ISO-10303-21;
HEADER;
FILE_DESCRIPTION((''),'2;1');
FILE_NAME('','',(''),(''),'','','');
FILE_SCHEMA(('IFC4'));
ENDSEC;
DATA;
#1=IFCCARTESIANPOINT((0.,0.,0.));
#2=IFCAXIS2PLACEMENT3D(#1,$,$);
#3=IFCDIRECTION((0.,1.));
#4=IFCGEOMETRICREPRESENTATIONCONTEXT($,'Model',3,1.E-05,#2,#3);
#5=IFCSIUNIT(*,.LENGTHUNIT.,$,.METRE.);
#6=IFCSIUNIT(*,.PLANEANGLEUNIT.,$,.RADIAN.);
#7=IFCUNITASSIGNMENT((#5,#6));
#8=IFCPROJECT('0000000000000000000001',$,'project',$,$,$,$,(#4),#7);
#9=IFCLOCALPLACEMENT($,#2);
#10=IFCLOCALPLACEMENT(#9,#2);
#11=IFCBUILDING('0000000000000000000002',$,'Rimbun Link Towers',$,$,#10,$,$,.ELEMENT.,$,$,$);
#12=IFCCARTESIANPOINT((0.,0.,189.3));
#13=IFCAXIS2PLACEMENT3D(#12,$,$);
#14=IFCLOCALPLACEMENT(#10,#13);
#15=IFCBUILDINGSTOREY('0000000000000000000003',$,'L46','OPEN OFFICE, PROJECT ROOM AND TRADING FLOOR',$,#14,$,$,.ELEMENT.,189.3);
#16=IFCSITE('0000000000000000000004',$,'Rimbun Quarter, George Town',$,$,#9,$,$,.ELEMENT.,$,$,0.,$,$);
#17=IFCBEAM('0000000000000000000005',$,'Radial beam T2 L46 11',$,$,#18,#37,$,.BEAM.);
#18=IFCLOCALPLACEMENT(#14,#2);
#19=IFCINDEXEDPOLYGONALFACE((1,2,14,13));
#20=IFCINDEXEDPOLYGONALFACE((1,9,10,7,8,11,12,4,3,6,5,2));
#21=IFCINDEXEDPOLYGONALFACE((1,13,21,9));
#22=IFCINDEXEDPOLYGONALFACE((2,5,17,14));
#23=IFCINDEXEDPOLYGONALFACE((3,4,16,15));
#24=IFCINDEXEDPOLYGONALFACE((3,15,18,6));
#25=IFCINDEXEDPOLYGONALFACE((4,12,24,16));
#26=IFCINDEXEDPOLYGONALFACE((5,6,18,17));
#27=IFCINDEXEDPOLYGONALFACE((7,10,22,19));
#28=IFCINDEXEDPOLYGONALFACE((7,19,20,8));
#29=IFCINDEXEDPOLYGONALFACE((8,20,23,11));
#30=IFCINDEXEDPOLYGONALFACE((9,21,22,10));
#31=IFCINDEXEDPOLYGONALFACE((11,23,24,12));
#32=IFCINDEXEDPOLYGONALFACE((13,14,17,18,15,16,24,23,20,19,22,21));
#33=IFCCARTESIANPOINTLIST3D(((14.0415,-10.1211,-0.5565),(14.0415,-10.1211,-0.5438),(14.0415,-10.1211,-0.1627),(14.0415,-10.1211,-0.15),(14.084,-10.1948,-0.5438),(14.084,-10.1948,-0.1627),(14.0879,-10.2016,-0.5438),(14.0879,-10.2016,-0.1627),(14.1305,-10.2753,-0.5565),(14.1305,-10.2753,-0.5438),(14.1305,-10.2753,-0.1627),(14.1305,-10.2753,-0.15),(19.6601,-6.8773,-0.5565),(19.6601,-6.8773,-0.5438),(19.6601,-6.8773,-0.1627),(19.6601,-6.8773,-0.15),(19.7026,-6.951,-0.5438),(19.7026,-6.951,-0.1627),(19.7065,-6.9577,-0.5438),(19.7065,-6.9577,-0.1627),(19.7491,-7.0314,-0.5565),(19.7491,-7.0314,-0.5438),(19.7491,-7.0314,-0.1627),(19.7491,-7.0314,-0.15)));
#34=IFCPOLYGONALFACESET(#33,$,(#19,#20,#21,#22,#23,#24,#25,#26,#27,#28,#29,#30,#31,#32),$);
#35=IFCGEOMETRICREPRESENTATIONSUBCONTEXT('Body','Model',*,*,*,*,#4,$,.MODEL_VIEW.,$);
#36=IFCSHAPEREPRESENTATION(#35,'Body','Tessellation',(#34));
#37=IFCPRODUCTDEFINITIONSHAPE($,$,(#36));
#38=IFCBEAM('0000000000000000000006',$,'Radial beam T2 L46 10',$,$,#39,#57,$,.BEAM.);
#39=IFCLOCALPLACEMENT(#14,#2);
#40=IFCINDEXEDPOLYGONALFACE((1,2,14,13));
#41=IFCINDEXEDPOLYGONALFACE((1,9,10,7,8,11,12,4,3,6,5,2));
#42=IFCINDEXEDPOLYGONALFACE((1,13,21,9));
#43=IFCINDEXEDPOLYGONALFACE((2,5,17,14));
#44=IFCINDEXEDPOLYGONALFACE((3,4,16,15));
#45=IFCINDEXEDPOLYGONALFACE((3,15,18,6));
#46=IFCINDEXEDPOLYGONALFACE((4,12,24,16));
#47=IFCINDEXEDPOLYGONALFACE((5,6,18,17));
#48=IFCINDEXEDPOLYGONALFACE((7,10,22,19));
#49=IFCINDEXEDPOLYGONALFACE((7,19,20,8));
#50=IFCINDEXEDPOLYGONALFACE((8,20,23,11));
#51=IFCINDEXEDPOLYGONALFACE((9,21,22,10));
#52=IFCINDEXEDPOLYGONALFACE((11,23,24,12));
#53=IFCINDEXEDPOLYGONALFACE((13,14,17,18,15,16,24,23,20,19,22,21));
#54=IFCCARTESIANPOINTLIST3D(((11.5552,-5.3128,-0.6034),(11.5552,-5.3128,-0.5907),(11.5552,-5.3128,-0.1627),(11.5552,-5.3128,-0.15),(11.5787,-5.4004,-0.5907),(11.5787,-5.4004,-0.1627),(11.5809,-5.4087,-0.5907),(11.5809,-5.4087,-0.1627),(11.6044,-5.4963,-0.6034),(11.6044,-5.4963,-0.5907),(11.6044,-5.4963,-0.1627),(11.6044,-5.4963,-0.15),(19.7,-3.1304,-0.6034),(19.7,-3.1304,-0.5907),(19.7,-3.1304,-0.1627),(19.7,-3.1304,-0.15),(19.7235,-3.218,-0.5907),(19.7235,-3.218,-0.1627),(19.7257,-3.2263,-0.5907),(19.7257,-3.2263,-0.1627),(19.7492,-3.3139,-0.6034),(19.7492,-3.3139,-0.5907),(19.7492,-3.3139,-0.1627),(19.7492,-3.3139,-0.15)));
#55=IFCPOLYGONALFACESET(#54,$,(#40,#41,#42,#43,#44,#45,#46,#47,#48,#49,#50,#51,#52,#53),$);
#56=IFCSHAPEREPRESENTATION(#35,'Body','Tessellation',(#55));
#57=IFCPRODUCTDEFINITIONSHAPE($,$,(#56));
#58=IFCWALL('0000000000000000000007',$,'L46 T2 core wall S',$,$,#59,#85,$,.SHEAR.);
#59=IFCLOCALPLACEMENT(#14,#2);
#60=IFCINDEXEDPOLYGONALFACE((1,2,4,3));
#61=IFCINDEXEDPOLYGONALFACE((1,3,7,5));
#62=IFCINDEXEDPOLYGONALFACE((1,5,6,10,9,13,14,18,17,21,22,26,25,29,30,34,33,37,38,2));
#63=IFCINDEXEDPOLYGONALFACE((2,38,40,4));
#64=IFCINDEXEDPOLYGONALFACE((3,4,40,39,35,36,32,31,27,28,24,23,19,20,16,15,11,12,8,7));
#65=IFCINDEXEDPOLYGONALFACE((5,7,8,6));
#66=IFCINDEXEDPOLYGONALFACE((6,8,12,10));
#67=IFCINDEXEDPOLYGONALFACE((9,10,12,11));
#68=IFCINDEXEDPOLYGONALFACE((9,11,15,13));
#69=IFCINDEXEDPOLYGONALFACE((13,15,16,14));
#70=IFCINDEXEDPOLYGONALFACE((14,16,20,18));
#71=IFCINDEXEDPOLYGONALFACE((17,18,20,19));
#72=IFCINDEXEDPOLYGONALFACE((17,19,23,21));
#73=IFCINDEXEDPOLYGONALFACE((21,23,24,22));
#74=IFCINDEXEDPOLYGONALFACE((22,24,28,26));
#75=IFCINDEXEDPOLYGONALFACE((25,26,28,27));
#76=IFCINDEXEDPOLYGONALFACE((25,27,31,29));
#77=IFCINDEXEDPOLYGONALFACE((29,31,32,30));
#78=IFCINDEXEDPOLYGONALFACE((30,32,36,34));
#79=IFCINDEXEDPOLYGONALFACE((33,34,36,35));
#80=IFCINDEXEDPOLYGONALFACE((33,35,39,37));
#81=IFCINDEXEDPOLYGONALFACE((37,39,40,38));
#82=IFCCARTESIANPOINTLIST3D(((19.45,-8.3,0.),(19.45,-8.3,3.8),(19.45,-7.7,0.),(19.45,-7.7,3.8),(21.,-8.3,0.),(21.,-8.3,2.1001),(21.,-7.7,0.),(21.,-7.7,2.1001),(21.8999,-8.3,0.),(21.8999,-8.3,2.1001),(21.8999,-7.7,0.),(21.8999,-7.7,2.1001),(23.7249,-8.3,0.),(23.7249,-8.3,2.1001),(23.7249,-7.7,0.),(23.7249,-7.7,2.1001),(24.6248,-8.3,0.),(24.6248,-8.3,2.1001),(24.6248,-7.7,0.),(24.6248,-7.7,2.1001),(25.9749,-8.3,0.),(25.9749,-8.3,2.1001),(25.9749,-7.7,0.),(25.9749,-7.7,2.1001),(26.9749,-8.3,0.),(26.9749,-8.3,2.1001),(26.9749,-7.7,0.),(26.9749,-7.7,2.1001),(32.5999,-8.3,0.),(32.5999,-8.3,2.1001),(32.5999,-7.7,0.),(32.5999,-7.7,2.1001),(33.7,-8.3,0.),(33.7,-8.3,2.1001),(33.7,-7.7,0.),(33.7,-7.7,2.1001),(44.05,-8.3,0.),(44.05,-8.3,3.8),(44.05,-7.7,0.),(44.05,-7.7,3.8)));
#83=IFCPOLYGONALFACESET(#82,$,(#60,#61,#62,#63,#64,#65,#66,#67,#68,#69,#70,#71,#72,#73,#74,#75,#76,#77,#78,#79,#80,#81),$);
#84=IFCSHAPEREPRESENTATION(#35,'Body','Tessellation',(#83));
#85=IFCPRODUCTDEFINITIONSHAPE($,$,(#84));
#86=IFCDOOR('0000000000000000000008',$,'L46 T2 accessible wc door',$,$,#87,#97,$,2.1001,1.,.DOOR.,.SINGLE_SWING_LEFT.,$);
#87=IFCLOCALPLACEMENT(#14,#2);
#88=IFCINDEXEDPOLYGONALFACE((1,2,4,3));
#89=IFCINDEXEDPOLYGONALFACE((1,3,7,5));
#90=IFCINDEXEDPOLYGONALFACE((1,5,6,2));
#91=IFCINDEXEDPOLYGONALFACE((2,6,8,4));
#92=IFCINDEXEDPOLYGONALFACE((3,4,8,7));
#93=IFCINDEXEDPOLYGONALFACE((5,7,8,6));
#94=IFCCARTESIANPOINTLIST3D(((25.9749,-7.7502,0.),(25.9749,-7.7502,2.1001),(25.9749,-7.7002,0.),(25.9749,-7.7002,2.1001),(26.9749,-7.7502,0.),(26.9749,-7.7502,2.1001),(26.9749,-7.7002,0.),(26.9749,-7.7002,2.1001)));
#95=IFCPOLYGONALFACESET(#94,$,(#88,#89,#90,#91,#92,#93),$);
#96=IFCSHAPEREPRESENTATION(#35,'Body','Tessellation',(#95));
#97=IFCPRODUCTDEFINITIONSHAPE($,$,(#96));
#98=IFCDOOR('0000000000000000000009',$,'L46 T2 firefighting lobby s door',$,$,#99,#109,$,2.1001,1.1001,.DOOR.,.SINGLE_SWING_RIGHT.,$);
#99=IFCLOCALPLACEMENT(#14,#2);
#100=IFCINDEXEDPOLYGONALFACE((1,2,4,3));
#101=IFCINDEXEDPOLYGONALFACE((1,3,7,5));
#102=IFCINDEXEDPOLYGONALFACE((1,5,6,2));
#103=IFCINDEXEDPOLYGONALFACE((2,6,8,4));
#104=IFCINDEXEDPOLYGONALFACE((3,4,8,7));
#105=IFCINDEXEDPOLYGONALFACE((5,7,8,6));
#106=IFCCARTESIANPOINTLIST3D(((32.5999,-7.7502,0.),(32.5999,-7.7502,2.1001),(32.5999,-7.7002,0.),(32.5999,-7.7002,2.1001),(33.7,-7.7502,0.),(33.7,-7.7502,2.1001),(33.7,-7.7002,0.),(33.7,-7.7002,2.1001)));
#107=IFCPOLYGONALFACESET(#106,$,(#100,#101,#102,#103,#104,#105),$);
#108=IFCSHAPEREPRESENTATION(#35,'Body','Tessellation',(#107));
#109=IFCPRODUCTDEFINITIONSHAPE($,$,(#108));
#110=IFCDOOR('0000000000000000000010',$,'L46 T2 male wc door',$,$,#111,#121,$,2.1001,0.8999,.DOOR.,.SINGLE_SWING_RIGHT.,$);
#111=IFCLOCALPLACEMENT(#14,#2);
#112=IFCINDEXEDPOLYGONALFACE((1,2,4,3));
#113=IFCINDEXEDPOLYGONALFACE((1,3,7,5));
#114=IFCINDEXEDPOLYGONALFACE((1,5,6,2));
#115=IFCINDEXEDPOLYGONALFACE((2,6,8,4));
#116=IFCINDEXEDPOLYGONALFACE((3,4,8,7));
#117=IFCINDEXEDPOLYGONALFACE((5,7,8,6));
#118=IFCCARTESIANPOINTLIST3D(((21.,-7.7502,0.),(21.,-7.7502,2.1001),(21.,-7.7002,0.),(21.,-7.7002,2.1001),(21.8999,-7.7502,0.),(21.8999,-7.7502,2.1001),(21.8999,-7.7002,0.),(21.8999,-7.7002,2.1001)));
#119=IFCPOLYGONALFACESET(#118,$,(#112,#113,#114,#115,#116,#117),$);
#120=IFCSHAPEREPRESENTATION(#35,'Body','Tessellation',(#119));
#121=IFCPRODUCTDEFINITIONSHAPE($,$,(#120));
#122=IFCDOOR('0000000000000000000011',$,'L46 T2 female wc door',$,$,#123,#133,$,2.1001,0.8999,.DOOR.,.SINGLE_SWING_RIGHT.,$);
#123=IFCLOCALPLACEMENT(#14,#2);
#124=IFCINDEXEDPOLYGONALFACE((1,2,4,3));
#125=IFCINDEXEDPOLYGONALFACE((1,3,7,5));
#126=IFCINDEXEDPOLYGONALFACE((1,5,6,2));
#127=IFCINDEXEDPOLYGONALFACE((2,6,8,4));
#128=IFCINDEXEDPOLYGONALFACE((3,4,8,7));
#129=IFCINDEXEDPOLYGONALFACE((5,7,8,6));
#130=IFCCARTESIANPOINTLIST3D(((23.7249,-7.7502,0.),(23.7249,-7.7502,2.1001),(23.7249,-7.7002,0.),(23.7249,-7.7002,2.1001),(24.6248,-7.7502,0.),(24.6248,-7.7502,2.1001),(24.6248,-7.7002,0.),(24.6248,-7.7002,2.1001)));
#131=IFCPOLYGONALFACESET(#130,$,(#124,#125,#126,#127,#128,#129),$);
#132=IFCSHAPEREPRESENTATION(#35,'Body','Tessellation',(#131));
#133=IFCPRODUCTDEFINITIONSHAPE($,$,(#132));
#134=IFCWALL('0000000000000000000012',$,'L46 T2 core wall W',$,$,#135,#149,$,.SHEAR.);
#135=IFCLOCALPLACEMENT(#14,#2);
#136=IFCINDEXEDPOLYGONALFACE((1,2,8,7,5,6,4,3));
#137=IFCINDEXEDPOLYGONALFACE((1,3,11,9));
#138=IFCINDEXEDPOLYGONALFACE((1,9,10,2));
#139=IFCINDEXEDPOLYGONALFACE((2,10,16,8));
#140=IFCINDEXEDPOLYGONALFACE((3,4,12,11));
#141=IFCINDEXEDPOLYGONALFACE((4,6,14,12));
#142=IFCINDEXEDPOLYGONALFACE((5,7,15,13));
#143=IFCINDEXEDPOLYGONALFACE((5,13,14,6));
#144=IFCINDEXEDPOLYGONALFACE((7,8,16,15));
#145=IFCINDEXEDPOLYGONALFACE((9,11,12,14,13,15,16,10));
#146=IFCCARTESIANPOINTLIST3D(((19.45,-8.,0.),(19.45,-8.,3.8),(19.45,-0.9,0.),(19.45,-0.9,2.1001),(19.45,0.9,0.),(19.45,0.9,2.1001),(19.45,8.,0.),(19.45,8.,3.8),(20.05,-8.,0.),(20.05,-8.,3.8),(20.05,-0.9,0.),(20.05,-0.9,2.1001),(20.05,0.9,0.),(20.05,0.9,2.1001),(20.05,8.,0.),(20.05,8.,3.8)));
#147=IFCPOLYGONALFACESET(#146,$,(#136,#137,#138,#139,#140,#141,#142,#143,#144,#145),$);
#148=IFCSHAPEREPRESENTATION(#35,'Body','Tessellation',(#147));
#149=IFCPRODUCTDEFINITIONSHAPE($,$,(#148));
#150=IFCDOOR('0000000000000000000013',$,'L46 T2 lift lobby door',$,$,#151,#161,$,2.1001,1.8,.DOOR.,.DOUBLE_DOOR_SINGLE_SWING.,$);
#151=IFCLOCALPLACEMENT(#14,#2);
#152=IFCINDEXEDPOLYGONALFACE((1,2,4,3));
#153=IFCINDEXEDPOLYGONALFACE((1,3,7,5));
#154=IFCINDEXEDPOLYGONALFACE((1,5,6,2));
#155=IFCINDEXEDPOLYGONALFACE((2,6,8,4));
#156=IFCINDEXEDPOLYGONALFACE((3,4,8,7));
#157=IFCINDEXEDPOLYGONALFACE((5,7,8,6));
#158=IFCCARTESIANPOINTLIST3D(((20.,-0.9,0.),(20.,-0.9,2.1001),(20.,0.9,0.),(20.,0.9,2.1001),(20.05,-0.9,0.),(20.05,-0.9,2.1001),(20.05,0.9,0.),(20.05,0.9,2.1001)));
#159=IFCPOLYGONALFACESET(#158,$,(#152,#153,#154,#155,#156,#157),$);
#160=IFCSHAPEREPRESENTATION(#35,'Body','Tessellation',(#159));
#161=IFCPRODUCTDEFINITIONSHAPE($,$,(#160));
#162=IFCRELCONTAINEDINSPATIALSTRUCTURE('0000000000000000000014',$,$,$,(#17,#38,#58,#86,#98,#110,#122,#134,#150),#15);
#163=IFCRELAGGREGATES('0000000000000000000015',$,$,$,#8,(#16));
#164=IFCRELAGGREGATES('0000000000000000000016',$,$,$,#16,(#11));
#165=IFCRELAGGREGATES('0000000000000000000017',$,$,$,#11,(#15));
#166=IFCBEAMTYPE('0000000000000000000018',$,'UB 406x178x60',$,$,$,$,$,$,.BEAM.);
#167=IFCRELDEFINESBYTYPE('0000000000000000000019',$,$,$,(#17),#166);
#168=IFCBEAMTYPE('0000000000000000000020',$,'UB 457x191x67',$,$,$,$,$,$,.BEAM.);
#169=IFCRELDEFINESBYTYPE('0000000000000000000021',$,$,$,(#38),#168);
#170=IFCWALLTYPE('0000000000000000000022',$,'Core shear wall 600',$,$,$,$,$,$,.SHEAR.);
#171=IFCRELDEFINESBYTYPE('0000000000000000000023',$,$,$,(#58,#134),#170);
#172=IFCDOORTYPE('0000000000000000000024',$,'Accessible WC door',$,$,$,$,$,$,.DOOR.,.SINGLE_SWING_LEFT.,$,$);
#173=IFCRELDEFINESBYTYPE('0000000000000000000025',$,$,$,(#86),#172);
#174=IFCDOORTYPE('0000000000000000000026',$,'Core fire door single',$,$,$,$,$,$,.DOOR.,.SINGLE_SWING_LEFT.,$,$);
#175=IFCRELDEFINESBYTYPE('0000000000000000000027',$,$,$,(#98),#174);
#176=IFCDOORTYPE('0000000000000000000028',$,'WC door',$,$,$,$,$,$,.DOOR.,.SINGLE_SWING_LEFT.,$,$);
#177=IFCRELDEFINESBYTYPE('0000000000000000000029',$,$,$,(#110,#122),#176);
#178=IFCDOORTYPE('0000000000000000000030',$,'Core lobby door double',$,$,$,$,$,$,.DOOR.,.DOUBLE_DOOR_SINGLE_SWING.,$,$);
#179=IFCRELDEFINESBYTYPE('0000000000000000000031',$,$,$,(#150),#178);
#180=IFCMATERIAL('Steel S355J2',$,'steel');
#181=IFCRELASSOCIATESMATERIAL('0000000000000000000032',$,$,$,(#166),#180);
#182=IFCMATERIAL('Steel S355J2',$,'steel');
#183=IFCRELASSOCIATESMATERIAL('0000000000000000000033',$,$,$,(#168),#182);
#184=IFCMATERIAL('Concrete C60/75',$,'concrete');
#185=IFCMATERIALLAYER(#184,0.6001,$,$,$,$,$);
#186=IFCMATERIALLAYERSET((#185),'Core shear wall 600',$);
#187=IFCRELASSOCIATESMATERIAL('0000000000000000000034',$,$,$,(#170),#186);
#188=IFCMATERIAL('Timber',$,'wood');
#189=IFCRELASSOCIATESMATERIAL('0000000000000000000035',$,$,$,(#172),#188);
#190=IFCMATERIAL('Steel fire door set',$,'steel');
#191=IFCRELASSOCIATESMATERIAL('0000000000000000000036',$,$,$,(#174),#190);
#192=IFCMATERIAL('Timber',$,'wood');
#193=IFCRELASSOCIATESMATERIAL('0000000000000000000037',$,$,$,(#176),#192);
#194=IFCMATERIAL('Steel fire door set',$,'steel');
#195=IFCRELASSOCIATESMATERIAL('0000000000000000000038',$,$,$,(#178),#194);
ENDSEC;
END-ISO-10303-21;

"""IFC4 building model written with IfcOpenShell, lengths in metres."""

from ifc_helpers import new_model, si_unit, direction, frame, frame_2d, origin, origin_2d, place, context, subcontext, project, spatial, rectangle, i_section, extrude, material, layer, layer_set, material_profile, profile_set, type_object, element, fill, save


model = new_model("IFC4")

# Units and contexts
model_context = context("Model", 3, precision=1e-05, world=origin(), true_north=direction((0.0, 1.0)))
body_context = subcontext(model_context, "Body", "Model", "MODEL_VIEW")
ifc_project = project(units=[si_unit("LENGTHUNIT", "METRE"), si_unit("PLANEANGLEUNIT", "RADIAN")], contexts=[model_context])

# Site, building, storey
site_placement = place(None, origin())
site = spatial("IfcSite", under=ifc_project, at=site_placement, Name="Rimbun Quarter, George Town", CompositionType="ELEMENT", RefElevation=0.0)
building_placement = place(site_placement, origin())
building = spatial("IfcBuilding", under=site, at=building_placement, Name="Rimbun Link Towers", CompositionType="ELEMENT")
storey_placement = place(building_placement, frame((0.0, 0.0, 189.3)))
storey = spatial("IfcBuildingStorey", under=building, at=storey_placement, Name="L46", Description="OPEN OFFICE, PROJECT ROOM AND TRADING FLOOR", CompositionType="ELEMENT", Elevation=189.3)

# Beams
ifc_material_1 = material(Name="Steel S355J2", Category="steel")
ifc_material_profile_1 = material_profile(ifc_material_1, i_section(OverallWidth=0.178, OverallDepth=0.4065, WebThickness=0.0078, FlangeThickness=0.0127, at=origin_2d()), Name="UB 406x178x60")
ifc_profile_set_1 = profile_set([ifc_material_profile_1], Name="Steel S355J2")
beam_type_1 = type_object("IfcBeamType", Name="UB 406x178x60", PredefinedType="BEAM", material=ifc_profile_set_1)
beam_1_placement = place(storey_placement, frame((19.7046, -6.9543, -0.3533), z_axis=(-0.866028, -0.499996, 0.0), x_axis=(0.499996, -0.866028, 0.0)))
element("IfcBeam", 1, at=beam_1_placement, inside=storey, type_object=beam_type_1, Name="Radial beam T2 L46 11", PredefinedType="BEAM", context=body_context, shape_type="SweptSolid", body=[
    extrude(i_section(OverallWidth=0.178, OverallDepth=0.4065, WebThickness=0.0078, FlangeThickness=0.0127, at=origin_2d()), origin(), (0.0, 0.0, 1.0), 6.4878),
])
ifc_material_2 = material(Name="Steel S355J2", Category="steel")
ifc_material_profile_2 = material_profile(ifc_material_2, i_section(OverallWidth=0.1899, OverallDepth=0.4534, WebThickness=0.0085, FlangeThickness=0.0127, at=origin_2d()), Name="UB 457x191x67")
ifc_profile_set_2 = profile_set([ifc_material_profile_2], Name="Steel S355J2")
beam_type_2 = type_object("IfcBeamType", Name="UB 457x191x67", PredefinedType="BEAM", material=ifc_profile_set_2)
beam_2_placement = place(storey_placement, frame((19.7246, -3.2222, -0.3767), z_axis=(-0.965926, -0.258818, 0.0), x_axis=(0.258818, -0.965926, 0.0)))
element("IfcBeam", 2, at=beam_2_placement, inside=storey, type_object=beam_type_2, Name="Radial beam T2 L46 10", PredefinedType="BEAM", context=body_context, shape_type="SweptSolid", body=[
    extrude(i_section(OverallWidth=0.1899, OverallDepth=0.4534, WebThickness=0.0085, FlangeThickness=0.0127, at=origin_2d()), origin(), (0.0, 0.0, 1.0), 8.4321),
])

# Wall, openings, doors
ifc_material_3 = material(Name="Concrete C60/75", Category="concrete")
ifc_layer_1 = layer(ifc_material_3, 0.6001)
ifc_layer_set_1 = layer_set([ifc_layer_1], Name="Core shear wall 600")
wall_type_1 = type_object("IfcWallType", Name="Core shear wall 600", PredefinedType="SHEAR", material=ifc_layer_set_1)
wall_1_placement = place(storey_placement, frame((19.45, -8.0, 0.0), z_axis=(0.0, 0.0, 1.0), x_axis=(1.0, 0.0, 0.0)))
wall_1 = element("IfcWall", 3, at=wall_1_placement, inside=storey, type_object=wall_type_1, Name="L46 T2 core wall S", PredefinedType="SHEAR", context=body_context, shape_type="SweptSolid", body=[
    extrude(rectangle(XDim=24.6001, YDim=0.6001, at=frame_2d((12.3, 0.0))), origin(), (0.0, 0.0, 1.0), 3.8),
])
opening_1_placement = place(wall_1_placement, frame((13.1499, 0.0, 0.0)))
opening_1 = element("IfcOpeningElement", 4, at=opening_1_placement, cuts=wall_1, PredefinedType="OPENING", context=body_context, shape_type="SweptSolid", body=[
    extrude(rectangle(XDim=1.1001, YDim=2.1001, at=frame_2d((0.55, 1.05))), frame((0.0, 0.3101, 0.0), z_axis=(0.0, -1.0, 0.0), x_axis=(1.0, 0.0, 0.0)), (0.0, 0.0, 1.0), 0.6201),
])
opening_2_placement = place(wall_1_placement, frame((1.55, 0.0, 0.0)))
opening_2 = element("IfcOpeningElement", 5, at=opening_2_placement, cuts=wall_1, PredefinedType="OPENING", context=body_context, shape_type="SweptSolid", body=[
    extrude(rectangle(XDim=0.8999, YDim=2.1001, at=frame_2d((0.45, 1.05))), frame((0.0, 0.3101, 0.0), z_axis=(0.0, -1.0, 0.0), x_axis=(1.0, 0.0, 0.0)), (0.0, 0.0, 1.0), 0.6201),
])
opening_3_placement = place(wall_1_placement, frame((4.2749, 0.0, 0.0)))
opening_3 = element("IfcOpeningElement", 6, at=opening_3_placement, cuts=wall_1, PredefinedType="OPENING", context=body_context, shape_type="SweptSolid", body=[
    extrude(rectangle(XDim=0.8999, YDim=2.1001, at=frame_2d((0.45, 1.05))), frame((0.0, 0.3101, 0.0), z_axis=(0.0, -1.0, 0.0), x_axis=(1.0, 0.0, 0.0)), (0.0, 0.0, 1.0), 0.6201),
])
opening_4_placement = place(wall_1_placement, frame((6.5249, 0.0, 0.0)))
opening_4 = element("IfcOpeningElement", 7, at=opening_4_placement, cuts=wall_1, PredefinedType="OPENING", context=body_context, shape_type="SweptSolid", body=[
    extrude(rectangle(XDim=1.0, YDim=2.1001, at=frame_2d((0.5, 1.05))), frame((0.0, 0.3101, 0.0), z_axis=(0.0, -1.0, 0.0), x_axis=(1.0, 0.0, 0.0)), (0.0, 0.0, 1.0), 0.6201),
])
ifc_material_4 = material(Name="Timber", Category="wood")
door_type_1 = type_object("IfcDoorType", Name="Accessible WC door", OperationType="SINGLE_SWING_LEFT", PredefinedType="DOOR", material=ifc_material_4)
door_1_placement = place(opening_4_placement, origin())
door_1 = element("IfcDoor", 8, at=door_1_placement, inside=storey, type_object=door_type_1, Name="L46 T2 accessible wc door", OperationType="SINGLE_SWING_LEFT", OverallHeight=2.1001, OverallWidth=1.0, PredefinedType="DOOR", context=body_context, shape_type="SweptSolid", body=[
    extrude(rectangle(XDim=1.0, YDim=2.1001, at=frame_2d((0.5, 1.05))), frame((0.0, 0.2998, 0.0), z_axis=(0.0, -1.0, 0.0), x_axis=(1.0, 0.0, 0.0)), (0.0, 0.0, 1.0), 0.05),
])
fill(opening_4, door_1)
ifc_material_5 = material(Name="Steel fire door set", Category="steel")
door_type_2 = type_object("IfcDoorType", Name="Core fire door single", OperationType="SINGLE_SWING_LEFT", PredefinedType="DOOR", material=ifc_material_5)
door_2_placement = place(opening_1_placement, origin())
door_2 = element("IfcDoor", 9, at=door_2_placement, inside=storey, type_object=door_type_2, Name="L46 T2 firefighting lobby s door", OperationType="SINGLE_SWING_RIGHT", OverallHeight=2.1001, OverallWidth=1.1001, PredefinedType="DOOR", context=body_context, shape_type="SweptSolid", body=[
    extrude(rectangle(XDim=1.1001, YDim=2.1001, at=frame_2d((0.55, 1.05))), frame((0.0, 0.2998, 0.0), z_axis=(0.0, -1.0, 0.0), x_axis=(1.0, 0.0, 0.0)), (0.0, 0.0, 1.0), 0.05),
])
fill(opening_1, door_2)
ifc_material_6 = material(Name="Timber", Category="wood")
door_type_3 = type_object("IfcDoorType", Name="WC door", OperationType="SINGLE_SWING_LEFT", PredefinedType="DOOR", material=ifc_material_6)
door_3_placement = place(opening_2_placement, origin())
door_3 = element("IfcDoor", 10, at=door_3_placement, inside=storey, type_object=door_type_3, Name="L46 T2 male wc door", OperationType="SINGLE_SWING_RIGHT", OverallHeight=2.1001, OverallWidth=0.8999, PredefinedType="DOOR", context=body_context, shape_type="SweptSolid", body=[
    extrude(rectangle(XDim=0.8999, YDim=2.1001, at=frame_2d((0.45, 1.05))), frame((0.0, 0.2998, 0.0), z_axis=(0.0, -1.0, 0.0), x_axis=(1.0, 0.0, 0.0)), (0.0, 0.0, 1.0), 0.05),
])
fill(opening_2, door_3)
door_4_placement = place(opening_3_placement, origin())
door_4 = element("IfcDoor", 11, at=door_4_placement, inside=storey, type_object=door_type_3, Name="L46 T2 female wc door", OperationType="SINGLE_SWING_RIGHT", OverallHeight=2.1001, OverallWidth=0.8999, PredefinedType="DOOR", context=body_context, shape_type="SweptSolid", body=[
    extrude(rectangle(XDim=0.8999, YDim=2.1001, at=frame_2d((0.45, 1.05))), frame((0.0, 0.2998, 0.0), z_axis=(0.0, -1.0, 0.0), x_axis=(1.0, 0.0, 0.0)), (0.0, 0.0, 1.0), 0.05),
])
fill(opening_3, door_4)

# Wall, opening, door
wall_2_placement = place(storey_placement, frame((19.75, -8.0, 0.0), z_axis=(0.0, 0.0, 1.0), x_axis=(0.0, 1.0, 0.0)))
wall_2 = element("IfcWall", 12, at=wall_2_placement, inside=storey, type_object=wall_type_1, Name="L46 T2 core wall W", PredefinedType="SHEAR", context=body_context, shape_type="SweptSolid", body=[
    extrude(rectangle(XDim=16.0, YDim=0.6001, at=frame_2d((8.0, 0.0))), origin(), (0.0, 0.0, 1.0), 3.8),
])
opening_5_placement = place(wall_2_placement, frame((7.1001, 0.0, 0.0)))
opening_5 = element("IfcOpeningElement", 13, at=opening_5_placement, cuts=wall_2, PredefinedType="OPENING", context=body_context, shape_type="SweptSolid", body=[
    extrude(rectangle(XDim=1.8, YDim=2.1001, at=frame_2d((0.8999, 1.05))), frame((0.0, 0.3101, 0.0), z_axis=(0.0, -1.0, 0.0), x_axis=(1.0, 0.0, 0.0)), (0.0, 0.0, 1.0), 0.6201),
])
ifc_material_7 = material(Name="Steel fire door set", Category="steel")
door_type_4 = type_object("IfcDoorType", Name="Core lobby door double", OperationType="DOUBLE_DOOR_SINGLE_SWING", PredefinedType="DOOR", material=ifc_material_7)
door_5_placement = place(opening_5_placement, origin())
door_5 = element("IfcDoor", 14, at=door_5_placement, inside=storey, type_object=door_type_4, Name="L46 T2 lift lobby door", OperationType="DOUBLE_DOOR_SINGLE_SWING", OverallHeight=2.1001, OverallWidth=1.8, PredefinedType="DOOR", context=body_context, shape_type="SweptSolid", body=[
    extrude(rectangle(XDim=1.8, YDim=2.1001, at=frame_2d((0.8999, 1.05))), frame((0.0, -0.25, 0.0), z_axis=(0.0, -1.0, 0.0), x_axis=(1.0, 0.0, 0.0)), (0.0, 0.0, 1.0), 0.05),
])
fill(opening_5, door_5)

save(model, "model.ifc")
